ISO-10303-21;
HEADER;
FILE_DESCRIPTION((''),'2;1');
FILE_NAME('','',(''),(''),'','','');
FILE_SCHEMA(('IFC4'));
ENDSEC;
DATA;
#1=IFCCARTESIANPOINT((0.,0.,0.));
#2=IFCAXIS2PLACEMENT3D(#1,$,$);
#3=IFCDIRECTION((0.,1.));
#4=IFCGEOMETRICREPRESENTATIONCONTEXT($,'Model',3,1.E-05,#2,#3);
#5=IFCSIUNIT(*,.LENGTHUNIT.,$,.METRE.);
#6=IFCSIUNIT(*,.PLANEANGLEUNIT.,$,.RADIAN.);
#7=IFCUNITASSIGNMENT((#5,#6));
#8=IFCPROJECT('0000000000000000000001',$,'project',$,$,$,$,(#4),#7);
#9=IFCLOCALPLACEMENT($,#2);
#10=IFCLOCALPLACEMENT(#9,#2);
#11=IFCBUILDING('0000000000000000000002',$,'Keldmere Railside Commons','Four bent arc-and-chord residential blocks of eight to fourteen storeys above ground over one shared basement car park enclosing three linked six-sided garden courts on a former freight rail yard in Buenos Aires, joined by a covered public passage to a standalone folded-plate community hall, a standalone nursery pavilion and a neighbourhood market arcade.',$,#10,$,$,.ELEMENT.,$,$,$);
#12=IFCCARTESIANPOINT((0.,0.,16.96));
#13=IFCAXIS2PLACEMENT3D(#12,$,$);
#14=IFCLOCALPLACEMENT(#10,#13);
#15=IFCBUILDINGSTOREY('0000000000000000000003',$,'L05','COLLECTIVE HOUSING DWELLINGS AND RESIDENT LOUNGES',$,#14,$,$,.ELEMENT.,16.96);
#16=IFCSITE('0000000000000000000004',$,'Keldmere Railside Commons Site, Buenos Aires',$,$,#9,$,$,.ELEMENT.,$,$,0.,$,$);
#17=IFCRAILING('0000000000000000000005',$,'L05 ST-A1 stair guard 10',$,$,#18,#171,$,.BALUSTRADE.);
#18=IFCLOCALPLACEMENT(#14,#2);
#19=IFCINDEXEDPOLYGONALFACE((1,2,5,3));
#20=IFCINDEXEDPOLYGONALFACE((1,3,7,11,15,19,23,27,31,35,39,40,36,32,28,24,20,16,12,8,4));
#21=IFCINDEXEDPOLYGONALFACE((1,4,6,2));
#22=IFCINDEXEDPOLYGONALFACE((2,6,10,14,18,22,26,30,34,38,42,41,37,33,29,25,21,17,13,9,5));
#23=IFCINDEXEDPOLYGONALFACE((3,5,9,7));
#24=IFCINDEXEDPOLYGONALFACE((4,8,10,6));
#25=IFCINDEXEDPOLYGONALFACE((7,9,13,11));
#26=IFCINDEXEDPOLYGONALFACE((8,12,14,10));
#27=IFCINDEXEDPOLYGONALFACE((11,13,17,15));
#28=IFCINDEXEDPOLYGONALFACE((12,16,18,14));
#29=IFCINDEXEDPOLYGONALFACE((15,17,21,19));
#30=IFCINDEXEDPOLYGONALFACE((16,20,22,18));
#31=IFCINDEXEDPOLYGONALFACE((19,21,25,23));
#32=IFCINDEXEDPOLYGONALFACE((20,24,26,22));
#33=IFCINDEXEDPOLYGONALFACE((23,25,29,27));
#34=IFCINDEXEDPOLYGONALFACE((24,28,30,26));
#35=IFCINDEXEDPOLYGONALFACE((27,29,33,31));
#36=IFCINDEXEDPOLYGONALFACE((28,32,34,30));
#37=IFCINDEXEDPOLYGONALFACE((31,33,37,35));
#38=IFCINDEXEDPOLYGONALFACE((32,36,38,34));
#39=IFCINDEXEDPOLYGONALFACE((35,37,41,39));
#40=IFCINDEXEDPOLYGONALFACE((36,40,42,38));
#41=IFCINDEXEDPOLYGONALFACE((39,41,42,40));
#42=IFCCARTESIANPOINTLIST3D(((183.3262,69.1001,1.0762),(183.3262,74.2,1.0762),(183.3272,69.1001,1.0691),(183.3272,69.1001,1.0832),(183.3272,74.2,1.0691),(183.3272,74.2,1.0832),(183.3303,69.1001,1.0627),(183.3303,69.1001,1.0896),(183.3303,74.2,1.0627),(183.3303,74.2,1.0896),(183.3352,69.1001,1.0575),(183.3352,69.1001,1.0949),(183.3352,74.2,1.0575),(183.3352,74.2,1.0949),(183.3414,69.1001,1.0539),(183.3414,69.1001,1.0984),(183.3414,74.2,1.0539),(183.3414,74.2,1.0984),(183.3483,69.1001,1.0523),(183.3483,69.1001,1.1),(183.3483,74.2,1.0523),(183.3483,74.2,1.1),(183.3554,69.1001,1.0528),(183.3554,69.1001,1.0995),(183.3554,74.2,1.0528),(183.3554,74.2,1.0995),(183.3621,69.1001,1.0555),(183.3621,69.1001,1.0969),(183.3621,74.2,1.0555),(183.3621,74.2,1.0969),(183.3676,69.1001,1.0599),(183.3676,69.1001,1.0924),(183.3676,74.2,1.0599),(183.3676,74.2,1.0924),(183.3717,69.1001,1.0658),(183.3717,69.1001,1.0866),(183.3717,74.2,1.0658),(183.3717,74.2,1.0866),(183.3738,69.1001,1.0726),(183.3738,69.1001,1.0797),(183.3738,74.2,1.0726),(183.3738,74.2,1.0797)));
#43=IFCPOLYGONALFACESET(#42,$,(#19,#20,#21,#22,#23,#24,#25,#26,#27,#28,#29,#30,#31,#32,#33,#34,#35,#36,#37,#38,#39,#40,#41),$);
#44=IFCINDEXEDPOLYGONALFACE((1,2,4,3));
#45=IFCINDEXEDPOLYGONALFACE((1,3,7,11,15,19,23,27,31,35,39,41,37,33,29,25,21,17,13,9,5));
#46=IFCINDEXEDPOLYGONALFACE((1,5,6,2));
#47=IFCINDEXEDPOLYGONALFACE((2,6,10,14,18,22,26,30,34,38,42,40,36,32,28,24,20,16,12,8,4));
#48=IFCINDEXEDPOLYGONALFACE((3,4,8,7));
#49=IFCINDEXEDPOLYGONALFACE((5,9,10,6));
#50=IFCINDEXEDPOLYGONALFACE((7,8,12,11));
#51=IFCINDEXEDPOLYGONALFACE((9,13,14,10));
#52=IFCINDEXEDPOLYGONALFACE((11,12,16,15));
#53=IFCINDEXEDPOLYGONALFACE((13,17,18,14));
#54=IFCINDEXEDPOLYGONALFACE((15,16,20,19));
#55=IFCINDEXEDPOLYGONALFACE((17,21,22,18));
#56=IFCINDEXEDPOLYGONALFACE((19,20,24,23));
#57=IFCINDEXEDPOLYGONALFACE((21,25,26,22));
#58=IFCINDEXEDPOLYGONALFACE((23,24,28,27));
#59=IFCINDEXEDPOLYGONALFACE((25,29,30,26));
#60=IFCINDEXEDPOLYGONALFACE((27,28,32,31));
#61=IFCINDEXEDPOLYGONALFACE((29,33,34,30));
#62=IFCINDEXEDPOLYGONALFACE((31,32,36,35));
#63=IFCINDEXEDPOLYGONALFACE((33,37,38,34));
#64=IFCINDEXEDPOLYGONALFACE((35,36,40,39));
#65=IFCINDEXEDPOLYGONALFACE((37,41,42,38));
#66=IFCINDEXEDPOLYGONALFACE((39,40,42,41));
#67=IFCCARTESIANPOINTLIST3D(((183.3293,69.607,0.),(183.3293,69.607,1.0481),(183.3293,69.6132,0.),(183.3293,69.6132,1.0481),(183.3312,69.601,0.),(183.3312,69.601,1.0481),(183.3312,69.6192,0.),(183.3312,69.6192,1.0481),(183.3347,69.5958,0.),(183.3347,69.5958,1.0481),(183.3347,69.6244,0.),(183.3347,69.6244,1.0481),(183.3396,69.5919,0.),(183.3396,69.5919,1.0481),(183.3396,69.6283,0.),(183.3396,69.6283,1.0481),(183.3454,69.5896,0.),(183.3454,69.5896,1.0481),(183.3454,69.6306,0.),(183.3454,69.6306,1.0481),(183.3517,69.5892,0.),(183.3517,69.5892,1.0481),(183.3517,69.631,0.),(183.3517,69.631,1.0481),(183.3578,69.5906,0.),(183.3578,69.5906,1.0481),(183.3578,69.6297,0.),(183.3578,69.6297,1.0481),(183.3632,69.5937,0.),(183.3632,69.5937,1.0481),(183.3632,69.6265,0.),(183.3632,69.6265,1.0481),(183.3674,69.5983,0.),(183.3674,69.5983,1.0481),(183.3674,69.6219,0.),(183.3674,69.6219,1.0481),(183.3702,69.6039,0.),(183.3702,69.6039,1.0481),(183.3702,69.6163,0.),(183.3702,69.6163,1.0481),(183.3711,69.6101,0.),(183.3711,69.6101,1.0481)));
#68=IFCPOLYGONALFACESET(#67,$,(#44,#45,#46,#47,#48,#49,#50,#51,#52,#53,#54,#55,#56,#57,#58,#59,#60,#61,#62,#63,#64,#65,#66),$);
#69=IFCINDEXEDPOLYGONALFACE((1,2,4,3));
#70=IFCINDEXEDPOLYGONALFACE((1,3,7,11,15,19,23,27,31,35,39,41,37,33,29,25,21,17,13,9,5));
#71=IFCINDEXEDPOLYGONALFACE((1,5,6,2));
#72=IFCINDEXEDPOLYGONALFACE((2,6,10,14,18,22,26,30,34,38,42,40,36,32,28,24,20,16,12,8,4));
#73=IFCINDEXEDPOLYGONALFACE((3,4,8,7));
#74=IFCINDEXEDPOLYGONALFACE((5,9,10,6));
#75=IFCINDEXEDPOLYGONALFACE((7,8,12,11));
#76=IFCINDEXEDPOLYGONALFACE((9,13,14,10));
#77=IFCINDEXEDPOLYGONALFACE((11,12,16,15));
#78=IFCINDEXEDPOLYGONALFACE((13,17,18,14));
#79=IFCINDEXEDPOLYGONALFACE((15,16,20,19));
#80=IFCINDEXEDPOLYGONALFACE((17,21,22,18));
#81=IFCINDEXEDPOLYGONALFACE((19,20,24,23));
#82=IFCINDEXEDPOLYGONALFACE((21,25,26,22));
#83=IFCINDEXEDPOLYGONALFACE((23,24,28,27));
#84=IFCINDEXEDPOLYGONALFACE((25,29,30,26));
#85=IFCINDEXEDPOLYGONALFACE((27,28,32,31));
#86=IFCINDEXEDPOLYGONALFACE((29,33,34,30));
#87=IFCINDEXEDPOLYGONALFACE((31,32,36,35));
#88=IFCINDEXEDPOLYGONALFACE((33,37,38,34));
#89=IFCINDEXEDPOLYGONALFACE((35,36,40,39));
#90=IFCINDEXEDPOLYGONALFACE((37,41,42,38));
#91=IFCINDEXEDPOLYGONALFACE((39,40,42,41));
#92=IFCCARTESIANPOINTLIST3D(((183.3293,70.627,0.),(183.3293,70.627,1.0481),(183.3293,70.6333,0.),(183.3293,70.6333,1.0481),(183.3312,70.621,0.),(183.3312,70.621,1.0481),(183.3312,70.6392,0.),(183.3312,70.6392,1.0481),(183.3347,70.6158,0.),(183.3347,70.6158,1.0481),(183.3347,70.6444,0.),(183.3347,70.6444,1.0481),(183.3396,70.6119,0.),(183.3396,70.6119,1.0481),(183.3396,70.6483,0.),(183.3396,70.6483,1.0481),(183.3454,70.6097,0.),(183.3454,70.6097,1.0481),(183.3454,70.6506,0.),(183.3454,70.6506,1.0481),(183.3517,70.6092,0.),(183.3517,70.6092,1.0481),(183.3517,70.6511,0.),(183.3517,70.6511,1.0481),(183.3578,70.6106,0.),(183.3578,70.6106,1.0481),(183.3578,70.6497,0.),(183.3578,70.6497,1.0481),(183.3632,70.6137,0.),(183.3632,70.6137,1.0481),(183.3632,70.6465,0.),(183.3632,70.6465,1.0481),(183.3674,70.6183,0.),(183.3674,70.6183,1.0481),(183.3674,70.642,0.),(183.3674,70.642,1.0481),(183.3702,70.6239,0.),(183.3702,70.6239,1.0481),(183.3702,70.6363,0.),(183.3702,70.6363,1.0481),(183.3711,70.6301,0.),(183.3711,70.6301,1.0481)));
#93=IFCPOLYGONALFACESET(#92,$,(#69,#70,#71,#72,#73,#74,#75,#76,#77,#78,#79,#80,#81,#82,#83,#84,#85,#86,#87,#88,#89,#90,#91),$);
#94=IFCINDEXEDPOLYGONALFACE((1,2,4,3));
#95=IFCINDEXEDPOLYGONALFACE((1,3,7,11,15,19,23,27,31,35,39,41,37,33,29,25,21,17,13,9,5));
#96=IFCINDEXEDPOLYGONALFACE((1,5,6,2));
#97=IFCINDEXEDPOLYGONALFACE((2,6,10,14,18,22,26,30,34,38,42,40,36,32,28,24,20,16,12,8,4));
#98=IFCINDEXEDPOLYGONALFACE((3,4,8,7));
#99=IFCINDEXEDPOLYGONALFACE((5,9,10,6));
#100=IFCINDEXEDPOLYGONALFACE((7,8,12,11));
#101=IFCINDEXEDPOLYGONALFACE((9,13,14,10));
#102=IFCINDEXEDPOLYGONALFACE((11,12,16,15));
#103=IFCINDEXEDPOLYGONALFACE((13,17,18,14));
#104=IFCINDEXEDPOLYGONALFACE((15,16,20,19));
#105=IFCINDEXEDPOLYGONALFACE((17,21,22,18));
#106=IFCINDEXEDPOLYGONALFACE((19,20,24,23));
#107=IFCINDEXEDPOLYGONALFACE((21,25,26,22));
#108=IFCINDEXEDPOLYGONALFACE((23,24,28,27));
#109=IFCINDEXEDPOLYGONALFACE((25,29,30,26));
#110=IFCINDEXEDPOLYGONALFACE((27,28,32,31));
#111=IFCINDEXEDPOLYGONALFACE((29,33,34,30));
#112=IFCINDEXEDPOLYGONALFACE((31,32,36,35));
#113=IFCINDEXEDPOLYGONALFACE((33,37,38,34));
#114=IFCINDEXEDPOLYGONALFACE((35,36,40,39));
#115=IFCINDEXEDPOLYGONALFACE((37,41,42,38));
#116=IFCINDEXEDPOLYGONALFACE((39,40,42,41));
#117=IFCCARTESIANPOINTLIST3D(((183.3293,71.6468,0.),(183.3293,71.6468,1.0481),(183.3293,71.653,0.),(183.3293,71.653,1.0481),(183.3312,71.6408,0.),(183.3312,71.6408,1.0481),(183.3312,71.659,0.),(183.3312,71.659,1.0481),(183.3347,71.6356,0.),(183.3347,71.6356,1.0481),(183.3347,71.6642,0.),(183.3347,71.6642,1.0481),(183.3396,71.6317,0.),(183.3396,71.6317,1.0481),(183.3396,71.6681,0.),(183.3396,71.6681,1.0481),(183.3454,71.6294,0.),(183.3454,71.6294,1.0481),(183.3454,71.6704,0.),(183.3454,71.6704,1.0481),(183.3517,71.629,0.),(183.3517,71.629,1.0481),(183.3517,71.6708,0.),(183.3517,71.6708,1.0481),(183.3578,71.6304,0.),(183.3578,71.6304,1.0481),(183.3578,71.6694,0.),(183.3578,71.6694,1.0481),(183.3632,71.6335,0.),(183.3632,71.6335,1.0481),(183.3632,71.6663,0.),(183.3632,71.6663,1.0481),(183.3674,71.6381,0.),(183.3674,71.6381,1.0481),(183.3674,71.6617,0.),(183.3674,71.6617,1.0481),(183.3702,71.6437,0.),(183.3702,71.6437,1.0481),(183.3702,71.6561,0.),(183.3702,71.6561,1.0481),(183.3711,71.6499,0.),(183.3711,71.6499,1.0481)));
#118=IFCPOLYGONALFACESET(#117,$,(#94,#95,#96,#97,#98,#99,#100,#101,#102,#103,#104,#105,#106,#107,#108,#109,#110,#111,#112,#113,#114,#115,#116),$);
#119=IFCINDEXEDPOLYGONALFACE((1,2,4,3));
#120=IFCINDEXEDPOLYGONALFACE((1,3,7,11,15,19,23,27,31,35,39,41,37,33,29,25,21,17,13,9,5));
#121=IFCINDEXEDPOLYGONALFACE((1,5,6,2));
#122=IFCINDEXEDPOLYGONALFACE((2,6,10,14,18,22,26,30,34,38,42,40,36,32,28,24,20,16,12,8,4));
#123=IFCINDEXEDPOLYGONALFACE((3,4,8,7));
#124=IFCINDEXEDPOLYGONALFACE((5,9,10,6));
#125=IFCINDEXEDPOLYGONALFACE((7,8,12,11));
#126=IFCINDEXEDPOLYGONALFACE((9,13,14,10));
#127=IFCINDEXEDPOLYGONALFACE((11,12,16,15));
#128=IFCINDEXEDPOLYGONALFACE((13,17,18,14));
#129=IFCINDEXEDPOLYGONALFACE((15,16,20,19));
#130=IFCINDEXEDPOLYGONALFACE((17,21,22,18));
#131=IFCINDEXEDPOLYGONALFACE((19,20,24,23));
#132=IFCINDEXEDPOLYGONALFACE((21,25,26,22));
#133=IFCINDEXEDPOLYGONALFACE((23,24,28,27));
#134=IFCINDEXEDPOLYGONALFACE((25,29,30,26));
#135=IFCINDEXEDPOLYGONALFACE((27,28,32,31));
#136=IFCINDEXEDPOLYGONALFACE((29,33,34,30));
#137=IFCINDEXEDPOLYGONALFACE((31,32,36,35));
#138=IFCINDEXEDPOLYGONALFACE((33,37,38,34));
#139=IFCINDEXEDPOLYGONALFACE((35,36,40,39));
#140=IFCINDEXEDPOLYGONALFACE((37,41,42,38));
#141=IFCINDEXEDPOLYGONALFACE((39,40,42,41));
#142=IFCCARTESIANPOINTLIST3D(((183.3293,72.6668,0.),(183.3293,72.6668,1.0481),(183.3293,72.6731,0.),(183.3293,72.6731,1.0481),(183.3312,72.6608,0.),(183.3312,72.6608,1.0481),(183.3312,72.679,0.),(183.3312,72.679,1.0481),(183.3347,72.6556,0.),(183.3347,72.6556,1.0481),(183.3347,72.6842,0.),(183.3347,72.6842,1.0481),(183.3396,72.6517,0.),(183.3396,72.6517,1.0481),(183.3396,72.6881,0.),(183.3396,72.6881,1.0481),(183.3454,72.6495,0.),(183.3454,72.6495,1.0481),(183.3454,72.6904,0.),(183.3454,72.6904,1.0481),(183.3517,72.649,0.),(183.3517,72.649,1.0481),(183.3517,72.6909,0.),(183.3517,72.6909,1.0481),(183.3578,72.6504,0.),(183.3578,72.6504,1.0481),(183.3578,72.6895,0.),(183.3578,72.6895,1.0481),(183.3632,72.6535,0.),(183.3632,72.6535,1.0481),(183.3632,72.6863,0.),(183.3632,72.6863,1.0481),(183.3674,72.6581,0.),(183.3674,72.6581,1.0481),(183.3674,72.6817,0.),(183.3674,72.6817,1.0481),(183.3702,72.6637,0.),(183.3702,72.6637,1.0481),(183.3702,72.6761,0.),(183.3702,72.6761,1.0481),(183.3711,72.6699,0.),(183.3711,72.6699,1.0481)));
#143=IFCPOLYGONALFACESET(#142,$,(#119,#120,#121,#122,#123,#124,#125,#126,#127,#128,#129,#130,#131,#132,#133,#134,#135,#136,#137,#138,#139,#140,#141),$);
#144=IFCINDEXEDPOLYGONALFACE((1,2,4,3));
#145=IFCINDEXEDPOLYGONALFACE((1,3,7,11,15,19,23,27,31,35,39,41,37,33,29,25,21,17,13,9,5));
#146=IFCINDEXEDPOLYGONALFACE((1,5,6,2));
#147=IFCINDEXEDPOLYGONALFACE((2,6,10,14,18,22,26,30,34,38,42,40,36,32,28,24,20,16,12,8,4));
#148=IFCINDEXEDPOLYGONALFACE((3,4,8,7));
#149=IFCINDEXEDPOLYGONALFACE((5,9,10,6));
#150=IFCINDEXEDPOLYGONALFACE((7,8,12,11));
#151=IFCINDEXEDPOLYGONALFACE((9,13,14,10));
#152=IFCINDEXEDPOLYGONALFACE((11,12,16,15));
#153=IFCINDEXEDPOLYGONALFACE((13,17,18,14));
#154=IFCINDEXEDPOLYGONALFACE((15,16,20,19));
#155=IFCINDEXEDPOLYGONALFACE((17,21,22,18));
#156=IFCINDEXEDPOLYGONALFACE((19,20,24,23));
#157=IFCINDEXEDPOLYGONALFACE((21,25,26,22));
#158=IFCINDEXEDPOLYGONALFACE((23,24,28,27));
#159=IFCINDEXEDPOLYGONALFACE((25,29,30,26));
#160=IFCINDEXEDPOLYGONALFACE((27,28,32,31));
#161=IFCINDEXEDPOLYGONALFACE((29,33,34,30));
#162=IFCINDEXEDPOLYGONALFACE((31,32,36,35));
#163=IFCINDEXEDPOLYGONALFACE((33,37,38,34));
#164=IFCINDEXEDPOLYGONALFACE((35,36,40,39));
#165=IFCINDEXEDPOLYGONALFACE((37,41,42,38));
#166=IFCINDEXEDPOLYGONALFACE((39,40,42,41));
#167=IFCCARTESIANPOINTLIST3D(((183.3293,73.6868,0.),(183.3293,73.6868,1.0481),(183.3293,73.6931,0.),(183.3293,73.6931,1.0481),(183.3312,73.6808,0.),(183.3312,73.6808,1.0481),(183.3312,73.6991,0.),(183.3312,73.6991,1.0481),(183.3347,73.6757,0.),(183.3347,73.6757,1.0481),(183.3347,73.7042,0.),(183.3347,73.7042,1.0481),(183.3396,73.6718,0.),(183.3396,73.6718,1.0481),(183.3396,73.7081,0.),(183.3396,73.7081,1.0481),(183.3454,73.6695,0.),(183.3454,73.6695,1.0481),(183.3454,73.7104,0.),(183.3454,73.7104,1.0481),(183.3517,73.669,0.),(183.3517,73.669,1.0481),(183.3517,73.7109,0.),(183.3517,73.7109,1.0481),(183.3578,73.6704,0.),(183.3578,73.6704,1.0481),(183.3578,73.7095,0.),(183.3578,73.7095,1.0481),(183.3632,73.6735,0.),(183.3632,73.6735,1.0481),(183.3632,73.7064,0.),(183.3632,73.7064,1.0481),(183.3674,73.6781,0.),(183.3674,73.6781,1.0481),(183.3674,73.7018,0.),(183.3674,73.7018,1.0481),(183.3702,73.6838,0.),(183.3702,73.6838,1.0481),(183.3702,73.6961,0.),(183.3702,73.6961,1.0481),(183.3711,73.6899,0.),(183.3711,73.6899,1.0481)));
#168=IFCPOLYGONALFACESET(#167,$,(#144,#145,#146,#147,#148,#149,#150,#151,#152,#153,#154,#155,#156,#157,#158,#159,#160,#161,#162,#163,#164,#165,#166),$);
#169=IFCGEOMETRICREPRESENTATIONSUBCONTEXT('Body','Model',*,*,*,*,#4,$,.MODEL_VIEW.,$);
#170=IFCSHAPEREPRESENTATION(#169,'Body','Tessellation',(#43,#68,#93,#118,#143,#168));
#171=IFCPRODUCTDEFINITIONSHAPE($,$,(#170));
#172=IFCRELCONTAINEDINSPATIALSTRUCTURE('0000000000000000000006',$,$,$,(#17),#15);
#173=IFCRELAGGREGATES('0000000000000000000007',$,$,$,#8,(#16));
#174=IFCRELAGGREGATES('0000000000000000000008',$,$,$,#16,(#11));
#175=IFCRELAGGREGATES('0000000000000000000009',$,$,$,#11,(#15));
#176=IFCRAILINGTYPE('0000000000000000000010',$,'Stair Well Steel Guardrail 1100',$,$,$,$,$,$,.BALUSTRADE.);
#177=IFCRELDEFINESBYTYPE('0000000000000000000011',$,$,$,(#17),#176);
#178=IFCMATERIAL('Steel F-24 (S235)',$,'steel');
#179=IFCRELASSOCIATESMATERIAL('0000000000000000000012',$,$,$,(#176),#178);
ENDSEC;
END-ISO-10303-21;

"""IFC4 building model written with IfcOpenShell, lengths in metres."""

from ifc_helpers import new_model, si_unit, direction, frame, origin, origin_2d, place, context, subcontext, project, spatial, circle, extrude, material, type_object, element, save


model = new_model("IFC4")

# Units and contexts
model_context = context("Model", 3, precision=1e-05, world=origin(), true_north=direction((0.0, 1.0)))
body_context = subcontext(model_context, "Body", "Model", "MODEL_VIEW")
ifc_project = project(units=[si_unit("LENGTHUNIT", "METRE"), si_unit("PLANEANGLEUNIT", "RADIAN")], contexts=[model_context])

# Site, building, storey
site_placement = place(None, origin())
site = spatial("IfcSite", under=ifc_project, at=site_placement, Name="Keldmere Railside Commons Site, Buenos Aires", CompositionType="ELEMENT", RefElevation=0.0)
building_placement = place(site_placement, origin())
building = spatial("IfcBuilding", under=site, at=building_placement, Name="Keldmere Railside Commons", Description="Four bent arc-and-chord residential blocks of eight to fourteen storeys above ground over one shared basement car park enclosing three linked six-sided garden courts on a former freight rail yard in Buenos Aires, joined by a covered public passage to a standalone folded-plate community hall, a standalone nursery pavilion and a neighbourhood market arcade.", CompositionType="ELEMENT")
storey_placement = place(building_placement, frame((0.0, 0.0, 16.96)))
storey = spatial("IfcBuildingStorey", under=building, at=storey_placement, Name="L05", Description="COLLECTIVE HOUSING DWELLINGS AND RESIDENT LOUNGES", CompositionType="ELEMENT", Elevation=16.96)

# Shared definitions
ifc_material_1 = material(Name="Steel F-24 (S235)", Category="steel")

# Railing
railing_type_1 = type_object("IfcRailingType", Name="Stair Well Steel Guardrail 1100", PredefinedType="BALUSTRADE", material=ifc_material_1)
railing_1_placement = place(storey_placement, frame((183.3501, 69.1001, 0.0)))
element("IfcRailing", 1, at=railing_1_placement, inside=storey, type_object=railing_type_1, Name="L05 ST-A1 stair guard 10", PredefinedType="BALUSTRADE", context=body_context, shape_type="SweptSolid", body=[
    extrude(circle(Radius=0.0239, at=origin_2d()), frame((0.0, 0.0, 1.0762), z_axis=(0.0, 1.0, 0.0), x_axis=(-1.0, 0.0, 0.0)), (0.0, 0.0, 1.0), 5.0999),
    extrude(circle(Radius=0.021, at=origin_2d()), frame((0.0, 0.51, 0.0)), (0.0, 0.0, 1.0), 1.0481),
    extrude(circle(Radius=0.021, at=origin_2d()), frame((0.0, 1.53, 0.0)), (0.0, 0.0, 1.0), 1.0481),
    extrude(circle(Radius=0.021, at=origin_2d()), frame((0.0, 2.5498, 0.0)), (0.0, 0.0, 1.0), 1.0481),
    extrude(circle(Radius=0.021, at=origin_2d()), frame((0.0, 3.5698, 0.0)), (0.0, 0.0, 1.0), 1.0481),
    extrude(circle(Radius=0.021, at=origin_2d()), frame((0.0, 4.5898, 0.0)), (0.0, 0.0, 1.0), 1.0481),
])

save(model, "model.ifc")
